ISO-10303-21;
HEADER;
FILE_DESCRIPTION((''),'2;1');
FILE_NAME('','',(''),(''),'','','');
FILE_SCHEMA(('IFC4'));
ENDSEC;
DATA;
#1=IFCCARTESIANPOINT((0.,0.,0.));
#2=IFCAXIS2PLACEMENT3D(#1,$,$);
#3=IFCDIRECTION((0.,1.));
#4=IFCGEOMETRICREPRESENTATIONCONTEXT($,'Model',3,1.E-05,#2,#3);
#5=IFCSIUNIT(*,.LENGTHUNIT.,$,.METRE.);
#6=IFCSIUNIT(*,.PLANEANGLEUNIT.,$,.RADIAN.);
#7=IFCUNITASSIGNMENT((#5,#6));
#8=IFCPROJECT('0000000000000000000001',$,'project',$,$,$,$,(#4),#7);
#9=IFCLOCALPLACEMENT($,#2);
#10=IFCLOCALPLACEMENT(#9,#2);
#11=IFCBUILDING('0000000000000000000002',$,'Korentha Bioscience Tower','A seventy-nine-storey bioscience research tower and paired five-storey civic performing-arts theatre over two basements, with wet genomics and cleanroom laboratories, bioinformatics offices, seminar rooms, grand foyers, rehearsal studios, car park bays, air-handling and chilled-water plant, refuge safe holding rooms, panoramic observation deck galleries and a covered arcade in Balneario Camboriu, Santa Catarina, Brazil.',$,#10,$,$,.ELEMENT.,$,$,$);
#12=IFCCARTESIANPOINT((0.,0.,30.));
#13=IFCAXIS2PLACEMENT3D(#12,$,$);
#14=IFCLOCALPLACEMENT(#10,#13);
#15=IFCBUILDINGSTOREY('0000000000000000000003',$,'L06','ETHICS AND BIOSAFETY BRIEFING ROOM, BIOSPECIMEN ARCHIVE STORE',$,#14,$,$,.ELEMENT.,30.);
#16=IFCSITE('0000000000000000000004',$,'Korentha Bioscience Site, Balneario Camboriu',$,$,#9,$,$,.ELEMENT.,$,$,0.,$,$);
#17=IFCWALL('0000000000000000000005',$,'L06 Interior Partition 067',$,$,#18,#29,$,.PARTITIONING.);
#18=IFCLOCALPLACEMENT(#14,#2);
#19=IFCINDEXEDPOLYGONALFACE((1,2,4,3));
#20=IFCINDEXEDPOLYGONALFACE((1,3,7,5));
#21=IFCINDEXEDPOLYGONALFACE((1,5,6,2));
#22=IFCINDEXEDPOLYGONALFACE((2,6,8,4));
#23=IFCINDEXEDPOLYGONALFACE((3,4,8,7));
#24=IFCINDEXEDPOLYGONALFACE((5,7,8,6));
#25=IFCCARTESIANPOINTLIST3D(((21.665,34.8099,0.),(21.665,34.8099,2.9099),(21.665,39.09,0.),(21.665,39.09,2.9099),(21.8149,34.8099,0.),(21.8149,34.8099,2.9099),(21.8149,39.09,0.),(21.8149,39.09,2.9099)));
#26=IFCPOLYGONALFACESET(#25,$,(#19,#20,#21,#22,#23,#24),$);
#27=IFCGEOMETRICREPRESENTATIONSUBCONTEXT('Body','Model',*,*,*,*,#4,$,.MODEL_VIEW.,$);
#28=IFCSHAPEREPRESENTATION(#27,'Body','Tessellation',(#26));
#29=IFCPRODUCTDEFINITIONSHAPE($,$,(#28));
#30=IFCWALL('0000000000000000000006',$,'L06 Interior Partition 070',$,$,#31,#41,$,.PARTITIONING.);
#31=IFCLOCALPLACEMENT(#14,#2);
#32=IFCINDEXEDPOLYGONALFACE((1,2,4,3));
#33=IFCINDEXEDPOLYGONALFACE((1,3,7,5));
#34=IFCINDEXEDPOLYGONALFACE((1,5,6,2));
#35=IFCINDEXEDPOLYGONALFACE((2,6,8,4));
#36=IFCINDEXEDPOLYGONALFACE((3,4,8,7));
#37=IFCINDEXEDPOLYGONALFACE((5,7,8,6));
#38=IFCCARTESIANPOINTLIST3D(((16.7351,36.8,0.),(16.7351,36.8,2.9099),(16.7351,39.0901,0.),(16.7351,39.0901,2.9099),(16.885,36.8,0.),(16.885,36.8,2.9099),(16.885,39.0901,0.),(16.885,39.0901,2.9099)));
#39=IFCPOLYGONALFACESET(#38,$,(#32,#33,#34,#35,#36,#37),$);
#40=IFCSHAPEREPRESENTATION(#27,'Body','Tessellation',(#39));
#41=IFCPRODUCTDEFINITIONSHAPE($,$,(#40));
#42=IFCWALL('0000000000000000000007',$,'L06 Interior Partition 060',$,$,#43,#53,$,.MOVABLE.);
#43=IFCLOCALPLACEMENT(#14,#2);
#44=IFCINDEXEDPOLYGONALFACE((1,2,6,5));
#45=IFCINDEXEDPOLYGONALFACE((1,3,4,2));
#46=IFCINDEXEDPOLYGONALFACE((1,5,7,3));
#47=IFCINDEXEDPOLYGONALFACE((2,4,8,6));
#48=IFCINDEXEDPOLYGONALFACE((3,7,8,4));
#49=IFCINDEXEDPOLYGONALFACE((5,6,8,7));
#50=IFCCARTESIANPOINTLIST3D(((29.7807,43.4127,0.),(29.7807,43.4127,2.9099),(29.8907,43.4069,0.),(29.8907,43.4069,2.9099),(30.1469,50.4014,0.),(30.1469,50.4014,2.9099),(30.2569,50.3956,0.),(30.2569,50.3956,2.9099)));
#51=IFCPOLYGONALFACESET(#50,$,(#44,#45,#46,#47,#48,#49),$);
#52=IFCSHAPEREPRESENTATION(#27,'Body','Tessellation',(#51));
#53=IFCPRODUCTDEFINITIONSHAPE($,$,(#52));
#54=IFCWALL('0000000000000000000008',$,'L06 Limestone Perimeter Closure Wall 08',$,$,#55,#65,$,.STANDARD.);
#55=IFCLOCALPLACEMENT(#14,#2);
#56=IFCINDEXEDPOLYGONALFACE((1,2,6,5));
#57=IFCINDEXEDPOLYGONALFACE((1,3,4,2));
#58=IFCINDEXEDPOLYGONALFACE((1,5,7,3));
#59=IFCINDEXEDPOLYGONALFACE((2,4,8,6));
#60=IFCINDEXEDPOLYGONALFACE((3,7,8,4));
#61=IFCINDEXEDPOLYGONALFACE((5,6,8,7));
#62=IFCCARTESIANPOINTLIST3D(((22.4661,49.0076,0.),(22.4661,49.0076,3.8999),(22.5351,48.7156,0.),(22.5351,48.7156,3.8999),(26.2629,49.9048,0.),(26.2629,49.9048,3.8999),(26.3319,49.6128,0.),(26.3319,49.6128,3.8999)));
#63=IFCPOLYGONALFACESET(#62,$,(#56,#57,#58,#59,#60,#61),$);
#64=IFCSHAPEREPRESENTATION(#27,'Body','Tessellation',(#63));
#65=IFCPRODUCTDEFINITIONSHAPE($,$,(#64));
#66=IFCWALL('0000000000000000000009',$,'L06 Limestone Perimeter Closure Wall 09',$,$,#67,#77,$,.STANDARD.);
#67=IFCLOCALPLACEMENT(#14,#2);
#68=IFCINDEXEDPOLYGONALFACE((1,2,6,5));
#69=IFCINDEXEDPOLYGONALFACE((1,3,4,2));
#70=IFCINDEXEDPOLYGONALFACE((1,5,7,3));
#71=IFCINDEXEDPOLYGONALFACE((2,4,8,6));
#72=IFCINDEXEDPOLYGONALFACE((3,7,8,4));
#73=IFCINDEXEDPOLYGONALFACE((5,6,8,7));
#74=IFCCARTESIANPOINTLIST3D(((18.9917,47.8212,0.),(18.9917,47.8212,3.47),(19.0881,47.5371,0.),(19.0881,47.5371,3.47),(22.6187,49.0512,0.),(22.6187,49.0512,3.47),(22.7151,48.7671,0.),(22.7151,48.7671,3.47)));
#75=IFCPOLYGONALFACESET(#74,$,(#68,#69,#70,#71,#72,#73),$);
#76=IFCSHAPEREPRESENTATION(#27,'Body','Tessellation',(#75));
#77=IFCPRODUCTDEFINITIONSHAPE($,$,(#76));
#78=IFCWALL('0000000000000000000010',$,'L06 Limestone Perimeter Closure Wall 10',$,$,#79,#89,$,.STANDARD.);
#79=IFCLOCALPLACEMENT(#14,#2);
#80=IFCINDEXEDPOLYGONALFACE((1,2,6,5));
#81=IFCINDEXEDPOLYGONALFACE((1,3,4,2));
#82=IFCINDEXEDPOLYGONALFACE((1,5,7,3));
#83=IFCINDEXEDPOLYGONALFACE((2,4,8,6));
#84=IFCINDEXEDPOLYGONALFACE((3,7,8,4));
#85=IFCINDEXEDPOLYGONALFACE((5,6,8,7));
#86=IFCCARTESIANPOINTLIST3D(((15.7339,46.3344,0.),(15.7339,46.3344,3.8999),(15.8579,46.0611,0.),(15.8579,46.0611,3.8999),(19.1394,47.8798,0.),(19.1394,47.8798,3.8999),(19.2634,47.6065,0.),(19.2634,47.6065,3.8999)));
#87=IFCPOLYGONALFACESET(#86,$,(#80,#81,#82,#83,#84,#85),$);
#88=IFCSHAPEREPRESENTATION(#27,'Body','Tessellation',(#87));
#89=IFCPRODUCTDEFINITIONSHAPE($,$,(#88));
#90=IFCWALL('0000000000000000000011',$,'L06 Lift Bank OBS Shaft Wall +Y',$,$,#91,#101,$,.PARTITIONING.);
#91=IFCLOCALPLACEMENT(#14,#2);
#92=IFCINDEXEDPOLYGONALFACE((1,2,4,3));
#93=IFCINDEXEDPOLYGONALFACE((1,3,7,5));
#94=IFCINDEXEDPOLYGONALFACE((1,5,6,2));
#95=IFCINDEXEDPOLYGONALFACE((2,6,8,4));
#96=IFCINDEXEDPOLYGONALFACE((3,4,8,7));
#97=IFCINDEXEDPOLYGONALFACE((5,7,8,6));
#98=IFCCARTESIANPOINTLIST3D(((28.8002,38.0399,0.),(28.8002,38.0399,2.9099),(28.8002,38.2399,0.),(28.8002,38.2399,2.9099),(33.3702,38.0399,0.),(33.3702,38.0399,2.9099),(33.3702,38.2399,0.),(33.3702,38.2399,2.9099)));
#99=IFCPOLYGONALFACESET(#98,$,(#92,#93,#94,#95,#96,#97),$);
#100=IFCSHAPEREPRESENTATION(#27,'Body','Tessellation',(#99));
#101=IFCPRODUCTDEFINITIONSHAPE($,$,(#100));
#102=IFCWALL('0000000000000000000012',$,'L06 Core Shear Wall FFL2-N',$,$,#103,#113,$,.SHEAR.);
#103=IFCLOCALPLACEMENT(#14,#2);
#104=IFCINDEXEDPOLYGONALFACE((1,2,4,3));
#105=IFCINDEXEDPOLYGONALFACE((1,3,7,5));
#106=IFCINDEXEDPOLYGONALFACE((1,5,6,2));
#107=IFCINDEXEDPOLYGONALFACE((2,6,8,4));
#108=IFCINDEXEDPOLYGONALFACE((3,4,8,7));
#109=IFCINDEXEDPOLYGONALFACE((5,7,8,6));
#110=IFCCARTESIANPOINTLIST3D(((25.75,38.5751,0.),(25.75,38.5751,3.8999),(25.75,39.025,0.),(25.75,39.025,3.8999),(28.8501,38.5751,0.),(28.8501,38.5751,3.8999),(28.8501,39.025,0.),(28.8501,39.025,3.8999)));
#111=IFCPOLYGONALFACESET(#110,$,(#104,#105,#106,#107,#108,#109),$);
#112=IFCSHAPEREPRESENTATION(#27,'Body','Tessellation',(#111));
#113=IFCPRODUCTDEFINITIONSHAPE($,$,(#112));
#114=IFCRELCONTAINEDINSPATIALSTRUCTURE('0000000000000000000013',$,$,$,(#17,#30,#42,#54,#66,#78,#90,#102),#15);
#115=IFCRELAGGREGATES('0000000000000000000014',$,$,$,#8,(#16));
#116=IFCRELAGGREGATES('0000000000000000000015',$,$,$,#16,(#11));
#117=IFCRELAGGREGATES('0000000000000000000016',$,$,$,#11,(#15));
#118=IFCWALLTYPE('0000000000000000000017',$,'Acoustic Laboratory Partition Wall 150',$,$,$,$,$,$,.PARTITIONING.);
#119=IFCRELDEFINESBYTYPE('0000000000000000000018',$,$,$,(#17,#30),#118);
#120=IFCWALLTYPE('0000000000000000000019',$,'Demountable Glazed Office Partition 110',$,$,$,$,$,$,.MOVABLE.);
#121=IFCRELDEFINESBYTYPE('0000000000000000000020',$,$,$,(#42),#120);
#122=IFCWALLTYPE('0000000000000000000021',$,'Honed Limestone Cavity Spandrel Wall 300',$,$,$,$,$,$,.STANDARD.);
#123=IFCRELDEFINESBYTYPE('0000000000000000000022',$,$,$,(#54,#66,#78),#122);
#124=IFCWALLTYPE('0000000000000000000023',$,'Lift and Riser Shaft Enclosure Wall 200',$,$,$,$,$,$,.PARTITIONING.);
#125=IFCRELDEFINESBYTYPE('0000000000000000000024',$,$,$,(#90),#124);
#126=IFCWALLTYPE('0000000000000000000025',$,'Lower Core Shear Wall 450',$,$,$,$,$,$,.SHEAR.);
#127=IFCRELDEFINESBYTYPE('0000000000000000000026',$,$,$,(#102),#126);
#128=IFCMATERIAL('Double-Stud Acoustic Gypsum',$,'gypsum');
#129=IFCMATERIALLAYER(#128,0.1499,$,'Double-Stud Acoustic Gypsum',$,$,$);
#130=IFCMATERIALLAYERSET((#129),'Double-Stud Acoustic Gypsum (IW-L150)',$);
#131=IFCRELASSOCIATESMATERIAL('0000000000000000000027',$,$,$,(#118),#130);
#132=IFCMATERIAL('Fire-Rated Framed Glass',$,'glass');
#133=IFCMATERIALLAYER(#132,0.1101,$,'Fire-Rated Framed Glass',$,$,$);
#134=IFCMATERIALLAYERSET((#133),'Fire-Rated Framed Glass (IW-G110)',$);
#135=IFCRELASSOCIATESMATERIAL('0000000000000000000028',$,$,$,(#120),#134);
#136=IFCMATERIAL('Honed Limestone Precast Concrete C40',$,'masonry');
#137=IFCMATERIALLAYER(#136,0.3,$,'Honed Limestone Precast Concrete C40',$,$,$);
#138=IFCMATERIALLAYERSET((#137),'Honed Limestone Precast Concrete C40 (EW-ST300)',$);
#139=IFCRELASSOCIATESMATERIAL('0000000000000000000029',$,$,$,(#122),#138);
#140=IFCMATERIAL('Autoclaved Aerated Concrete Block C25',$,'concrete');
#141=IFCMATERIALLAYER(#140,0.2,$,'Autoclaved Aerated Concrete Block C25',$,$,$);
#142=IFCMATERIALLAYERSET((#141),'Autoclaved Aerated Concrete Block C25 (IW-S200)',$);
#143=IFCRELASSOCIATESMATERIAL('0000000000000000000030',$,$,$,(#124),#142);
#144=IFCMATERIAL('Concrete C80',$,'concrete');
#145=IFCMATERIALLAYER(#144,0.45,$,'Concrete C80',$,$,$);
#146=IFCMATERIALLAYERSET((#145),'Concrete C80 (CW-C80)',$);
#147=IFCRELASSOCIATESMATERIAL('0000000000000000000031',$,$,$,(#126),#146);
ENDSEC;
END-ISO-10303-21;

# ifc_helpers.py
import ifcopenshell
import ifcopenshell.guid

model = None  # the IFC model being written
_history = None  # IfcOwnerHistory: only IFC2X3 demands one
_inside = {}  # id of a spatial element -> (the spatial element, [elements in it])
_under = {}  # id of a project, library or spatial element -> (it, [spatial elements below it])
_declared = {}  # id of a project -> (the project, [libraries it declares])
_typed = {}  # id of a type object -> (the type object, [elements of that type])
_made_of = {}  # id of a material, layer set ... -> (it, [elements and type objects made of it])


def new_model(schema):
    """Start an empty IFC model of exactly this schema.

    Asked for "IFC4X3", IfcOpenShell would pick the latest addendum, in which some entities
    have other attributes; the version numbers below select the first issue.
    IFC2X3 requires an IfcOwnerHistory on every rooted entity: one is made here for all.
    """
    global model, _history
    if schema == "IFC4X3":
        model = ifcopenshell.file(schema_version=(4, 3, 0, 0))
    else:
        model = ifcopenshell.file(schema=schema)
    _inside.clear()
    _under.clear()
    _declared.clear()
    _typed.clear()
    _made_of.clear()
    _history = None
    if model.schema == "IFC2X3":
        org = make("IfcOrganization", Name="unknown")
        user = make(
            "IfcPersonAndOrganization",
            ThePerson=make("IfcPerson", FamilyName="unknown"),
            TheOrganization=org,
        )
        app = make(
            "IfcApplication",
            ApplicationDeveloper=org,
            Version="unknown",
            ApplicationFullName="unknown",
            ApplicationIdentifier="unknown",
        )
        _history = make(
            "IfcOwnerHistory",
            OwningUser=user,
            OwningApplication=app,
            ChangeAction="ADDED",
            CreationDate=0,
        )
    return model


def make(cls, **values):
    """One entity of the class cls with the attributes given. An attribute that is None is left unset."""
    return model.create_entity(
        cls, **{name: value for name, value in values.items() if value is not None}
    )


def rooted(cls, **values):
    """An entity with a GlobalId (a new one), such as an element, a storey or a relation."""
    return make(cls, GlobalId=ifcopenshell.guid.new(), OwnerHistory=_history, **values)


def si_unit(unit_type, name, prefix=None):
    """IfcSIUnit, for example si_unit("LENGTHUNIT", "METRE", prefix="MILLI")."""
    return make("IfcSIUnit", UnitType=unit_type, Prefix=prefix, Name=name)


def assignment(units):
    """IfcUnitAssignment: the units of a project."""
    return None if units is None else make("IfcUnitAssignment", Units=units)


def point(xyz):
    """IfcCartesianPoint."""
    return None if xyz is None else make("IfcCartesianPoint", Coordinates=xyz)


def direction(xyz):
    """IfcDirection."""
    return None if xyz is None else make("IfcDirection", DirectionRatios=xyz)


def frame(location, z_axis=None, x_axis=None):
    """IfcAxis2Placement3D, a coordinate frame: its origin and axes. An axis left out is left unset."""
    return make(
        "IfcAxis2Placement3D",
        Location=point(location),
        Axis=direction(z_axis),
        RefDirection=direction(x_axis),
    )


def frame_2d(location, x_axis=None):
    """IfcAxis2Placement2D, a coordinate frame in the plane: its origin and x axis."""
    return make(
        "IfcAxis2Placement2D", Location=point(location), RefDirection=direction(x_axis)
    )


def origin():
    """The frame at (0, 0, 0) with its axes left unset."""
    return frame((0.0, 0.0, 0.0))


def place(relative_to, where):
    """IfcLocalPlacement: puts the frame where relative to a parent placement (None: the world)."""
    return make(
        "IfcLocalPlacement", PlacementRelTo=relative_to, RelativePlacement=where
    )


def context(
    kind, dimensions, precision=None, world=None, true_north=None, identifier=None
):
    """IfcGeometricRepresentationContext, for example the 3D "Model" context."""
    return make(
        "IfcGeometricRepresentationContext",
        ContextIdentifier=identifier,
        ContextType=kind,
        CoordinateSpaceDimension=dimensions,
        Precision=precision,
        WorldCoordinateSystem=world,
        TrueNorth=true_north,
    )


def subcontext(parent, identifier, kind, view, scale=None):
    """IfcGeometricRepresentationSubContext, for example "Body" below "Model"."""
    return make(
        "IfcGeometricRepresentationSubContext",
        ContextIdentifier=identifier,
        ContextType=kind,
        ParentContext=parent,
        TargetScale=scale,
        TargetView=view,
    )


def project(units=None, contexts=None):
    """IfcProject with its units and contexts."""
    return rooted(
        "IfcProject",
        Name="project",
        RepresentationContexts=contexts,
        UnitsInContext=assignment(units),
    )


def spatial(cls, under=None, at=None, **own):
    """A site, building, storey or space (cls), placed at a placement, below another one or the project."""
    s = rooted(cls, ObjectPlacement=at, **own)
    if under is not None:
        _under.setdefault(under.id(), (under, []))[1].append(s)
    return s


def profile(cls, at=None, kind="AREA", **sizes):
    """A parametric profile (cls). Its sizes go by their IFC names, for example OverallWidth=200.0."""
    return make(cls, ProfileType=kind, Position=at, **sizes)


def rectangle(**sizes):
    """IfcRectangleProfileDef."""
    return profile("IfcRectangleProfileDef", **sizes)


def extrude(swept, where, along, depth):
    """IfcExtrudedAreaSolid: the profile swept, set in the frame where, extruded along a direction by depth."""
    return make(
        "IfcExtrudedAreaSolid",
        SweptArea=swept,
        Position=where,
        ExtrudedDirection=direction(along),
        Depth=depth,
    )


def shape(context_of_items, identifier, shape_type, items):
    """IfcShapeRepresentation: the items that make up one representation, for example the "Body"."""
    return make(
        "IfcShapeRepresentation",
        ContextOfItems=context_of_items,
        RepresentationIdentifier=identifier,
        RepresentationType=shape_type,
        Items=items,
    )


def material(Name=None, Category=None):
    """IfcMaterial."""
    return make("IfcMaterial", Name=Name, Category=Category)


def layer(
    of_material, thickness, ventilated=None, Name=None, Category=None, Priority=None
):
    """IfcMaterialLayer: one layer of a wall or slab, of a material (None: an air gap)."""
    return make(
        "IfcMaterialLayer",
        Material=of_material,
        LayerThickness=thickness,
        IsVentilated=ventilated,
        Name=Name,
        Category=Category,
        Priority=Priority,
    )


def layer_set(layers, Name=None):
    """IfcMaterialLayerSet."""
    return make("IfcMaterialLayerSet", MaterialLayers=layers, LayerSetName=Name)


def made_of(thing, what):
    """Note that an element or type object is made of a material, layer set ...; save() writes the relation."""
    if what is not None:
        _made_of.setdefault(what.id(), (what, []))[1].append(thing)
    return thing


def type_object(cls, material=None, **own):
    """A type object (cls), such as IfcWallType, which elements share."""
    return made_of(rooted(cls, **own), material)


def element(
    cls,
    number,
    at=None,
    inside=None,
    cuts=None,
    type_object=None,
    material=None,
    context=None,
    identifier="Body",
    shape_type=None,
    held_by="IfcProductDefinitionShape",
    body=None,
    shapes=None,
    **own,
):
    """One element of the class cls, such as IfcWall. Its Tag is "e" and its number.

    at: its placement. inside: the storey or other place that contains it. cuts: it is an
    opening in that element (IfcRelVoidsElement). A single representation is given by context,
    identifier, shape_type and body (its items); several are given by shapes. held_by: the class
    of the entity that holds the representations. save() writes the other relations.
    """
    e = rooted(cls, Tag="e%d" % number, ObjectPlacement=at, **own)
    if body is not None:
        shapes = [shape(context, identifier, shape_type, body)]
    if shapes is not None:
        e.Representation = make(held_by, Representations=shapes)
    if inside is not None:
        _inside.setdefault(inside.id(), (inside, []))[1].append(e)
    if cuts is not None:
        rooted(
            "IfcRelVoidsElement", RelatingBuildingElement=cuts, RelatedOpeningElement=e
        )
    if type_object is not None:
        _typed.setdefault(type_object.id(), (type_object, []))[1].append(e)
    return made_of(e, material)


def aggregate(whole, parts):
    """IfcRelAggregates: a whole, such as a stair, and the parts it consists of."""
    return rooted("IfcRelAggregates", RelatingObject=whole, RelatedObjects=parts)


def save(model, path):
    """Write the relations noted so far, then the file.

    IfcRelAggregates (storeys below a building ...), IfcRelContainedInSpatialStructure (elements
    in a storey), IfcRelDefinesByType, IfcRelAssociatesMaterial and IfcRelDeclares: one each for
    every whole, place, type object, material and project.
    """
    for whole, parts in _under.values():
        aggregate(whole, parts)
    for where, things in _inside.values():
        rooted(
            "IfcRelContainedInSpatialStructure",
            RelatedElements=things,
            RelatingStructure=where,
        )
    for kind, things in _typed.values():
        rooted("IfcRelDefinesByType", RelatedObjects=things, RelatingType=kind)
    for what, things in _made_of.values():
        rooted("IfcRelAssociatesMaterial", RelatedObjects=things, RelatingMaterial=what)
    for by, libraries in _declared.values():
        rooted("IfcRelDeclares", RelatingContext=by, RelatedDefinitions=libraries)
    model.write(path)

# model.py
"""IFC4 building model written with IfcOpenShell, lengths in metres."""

from ifc_helpers import new_model, si_unit, direction, frame, frame_2d, origin, place, context, subcontext, project, spatial, rectangle, extrude, material, layer, layer_set, type_object, element, save


model = new_model("IFC4")

# Units and contexts
model_context = context("Model", 3, precision=1e-05, world=origin(), true_north=direction((0.0, 1.0)))
body_context = subcontext(model_context, "Body", "Model", "MODEL_VIEW")
ifc_project = project(units=[si_unit("LENGTHUNIT", "METRE"), si_unit("PLANEANGLEUNIT", "RADIAN")], contexts=[model_context])

# Site, building, storey
site_placement = place(None, origin())
site = spatial("IfcSite", under=ifc_project, at=site_placement, Name="Korentha Bioscience Site, Balneario Camboriu", CompositionType="ELEMENT", RefElevation=0.0)
building_placement = place(site_placement, origin())
building = spatial("IfcBuilding", under=site, at=building_placement, Name="Korentha Bioscience Tower", Description="A seventy-nine-storey bioscience research tower and paired five-storey civic performing-arts theatre over two basements, with wet genomics and cleanroom laboratories, bioinformatics offices, seminar rooms, grand foyers, rehearsal studios, car park bays, air-handling and chilled-water plant, refuge safe holding rooms, panoramic observation deck galleries and a covered arcade in Balneario Camboriu, Santa Catarina, Brazil.", CompositionType="ELEMENT")
storey_placement = place(building_placement, frame((0.0, 0.0, 30.0)))
storey = spatial("IfcBuildingStorey", under=building, at=storey_placement, Name="L06", Description="ETHICS AND BIOSAFETY BRIEFING ROOM, BIOSPECIMEN ARCHIVE STORE", CompositionType="ELEMENT", Elevation=30.0)

# Shared definitions
ifc_material_1 = material(Name="Concrete C80", Category="concrete")

# Shared definitions
ifc_material_2 = material(Name="Double-Stud Acoustic Gypsum", Category="gypsum")
ifc_layer_1 = layer(ifc_material_2, 0.1499, Name="Double-Stud Acoustic Gypsum")
ifc_layer_set_1 = layer_set([ifc_layer_1], Name="Double-Stud Acoustic Gypsum (IW-L150)")
wall_type_1 = type_object("IfcWallType", Name="Acoustic Laboratory Partition Wall 150", PredefinedType="PARTITIONING", material=ifc_layer_set_1)

# Walls
wall_1_placement = place(storey_placement, frame((21.74, 39.0901, 0.0), z_axis=(0.0, 0.0, 1.0), x_axis=(0.0, -1.0, 0.0)))
element("IfcWall", 1, at=wall_1_placement, inside=storey, type_object=wall_type_1, Name="L06 Interior Partition 067", PredefinedType="PARTITIONING", context=body_context, shape_type="SweptSolid", body=[
    extrude(rectangle(XDim=4.28, YDim=0.1499, at=frame_2d((2.1401, 0.0))), origin(), (0.0, 0.0, 1.0), 2.9099),
])
wall_2_placement = place(storey_placement, frame((16.8101, 36.8, 0.0), z_axis=(0.0, 0.0, 1.0), x_axis=(0.0, 1.0, 0.0)))
element("IfcWall", 2, at=wall_2_placement, inside=storey, type_object=wall_type_1, Name="L06 Interior Partition 070", PredefinedType="PARTITIONING", context=body_context, shape_type="SweptSolid", body=[
    extrude(rectangle(XDim=2.29, YDim=0.1499, at=frame_2d((1.145, 0.0))), origin(), (0.0, 0.0, 1.0), 2.9099),
])
ifc_material_3 = material(Name="Fire-Rated Framed Glass", Category="glass")
ifc_layer_2 = layer(ifc_material_3, 0.1101, Name="Fire-Rated Framed Glass")
ifc_layer_set_2 = layer_set([ifc_layer_2], Name="Fire-Rated Framed Glass (IW-G110)")
wall_type_2 = type_object("IfcWallType", Name="Demountable Glazed Office Partition 110", PredefinedType="MOVABLE", material=ifc_layer_set_2)
wall_3_placement = place(storey_placement, frame((29.8357, 43.4099, 0.0), z_axis=(0.0, 0.0, 1.0), x_axis=(0.052328, 0.99863, 0.0)))
element("IfcWall", 3, at=wall_3_placement, inside=storey, type_object=wall_type_2, Name="L06 Interior Partition 060", PredefinedType="MOVABLE", context=body_context, shape_type="SweptSolid", body=[
    extrude(rectangle(XDim=6.9983, YDim=0.1101, at=frame_2d((3.499, 0.0))), origin(), (0.0, 0.0, 1.0), 2.9099),
])
ifc_material_4 = material(Name="Honed Limestone Precast Concrete C40", Category="masonry")
ifc_layer_3 = layer(ifc_material_4, 0.3, Name="Honed Limestone Precast Concrete C40")
ifc_layer_set_3 = layer_set([ifc_layer_3], Name="Honed Limestone Precast Concrete C40 (EW-ST300)")
wall_type_3 = type_object("IfcWallType", Name="Honed Limestone Cavity Spandrel Wall 300", PredefinedType="STANDARD", material=ifc_layer_set_3)
wall_4_placement = place(storey_placement, frame((26.2974, 49.7588, 0.0), z_axis=(0.0, 0.0, 1.0), x_axis=(-0.973198, -0.22997, 0.0)))
element("IfcWall", 4, at=wall_4_placement, inside=storey, type_object=wall_type_3, Name="L06 Limestone Perimeter Closure Wall 08", PredefinedType="STANDARD", context=body_context, shape_type="SweptSolid", body=[
    extrude(rectangle(XDim=3.9014, YDim=0.3, at=frame_2d((1.9507, 0.0))), origin(), (0.0, 0.0, 1.0), 3.8999),
])
wall_5_placement = place(storey_placement, frame((22.667, 48.9092, 0.0), z_axis=(0.0, 0.0, 1.0), x_axis=(-0.947026, -0.321158, 0.0)))
element("IfcWall", 5, at=wall_5_placement, inside=storey, type_object=wall_type_3, Name="L06 Limestone Perimeter Closure Wall 09", PredefinedType="STANDARD", context=body_context, shape_type="SweptSolid", body=[
    extrude(rectangle(XDim=3.8298, YDim=0.3, at=frame_2d((1.915, 0.0))), origin(), (0.0, 0.0, 1.0), 3.47),
])
wall_6_placement = place(storey_placement, frame((19.2014, 47.7432, 0.0), z_axis=(0.0, 0.0, 1.0), x_axis=(-0.910623, -0.413237, 0.0)))
element("IfcWall", 6, at=wall_6_placement, inside=storey, type_object=wall_type_3, Name="L06 Limestone Perimeter Closure Wall 10", PredefinedType="STANDARD", context=body_context, shape_type="SweptSolid", body=[
    extrude(rectangle(XDim=3.7397, YDim=0.3, at=frame_2d((1.8699, 0.0))), origin(), (0.0, 0.0, 1.0), 3.8999),
])
ifc_material_5 = material(Name="Autoclaved Aerated Concrete Block C25", Category="concrete")
ifc_layer_4 = layer(ifc_material_5, 0.2, Name="Autoclaved Aerated Concrete Block C25")
ifc_layer_set_4 = layer_set([ifc_layer_4], Name="Autoclaved Aerated Concrete Block C25 (IW-S200)")
wall_type_4 = type_object("IfcWallType", Name="Lift and Riser Shaft Enclosure Wall 200", PredefinedType="PARTITIONING", material=ifc_layer_set_4)
wall_7_placement = place(storey_placement, frame((28.8, 38.1399, 0.0), z_axis=(0.0, 0.0, 1.0), x_axis=(1.0, 0.0, 0.0)))
element("IfcWall", 7, at=wall_7_placement, inside=storey, type_object=wall_type_4, Name="L06 Lift Bank OBS Shaft Wall +Y", PredefinedType="PARTITIONING", context=body_context, shape_type="SweptSolid", body=[
    extrude(rectangle(XDim=4.5701, YDim=0.2, at=frame_2d((2.2852, 0.0))), origin(), (0.0, 0.0, 1.0), 2.9099),
])
ifc_layer_5 = layer(ifc_material_1, 0.45, Name="Concrete C80")
ifc_layer_set_5 = layer_set([ifc_layer_5], Name="Concrete C80 (CW-C80)")
wall_type_5 = type_object("IfcWallType", Name="Lower Core Shear Wall 450", PredefinedType="SHEAR", material=ifc_layer_set_5)
wall_8_placement = place(storey_placement, frame((25.75, 38.8, 0.0), z_axis=(0.0, 0.0, 1.0), x_axis=(1.0, 0.0, 0.0)))
element("IfcWall", 8, at=wall_8_placement, inside=storey, type_object=wall_type_5, Name="L06 Core Shear Wall FFL2-N", PredefinedType="SHEAR", context=body_context, shape_type="SweptSolid", body=[
    extrude(rectangle(XDim=3.1001, YDim=0.45, at=frame_2d((1.55, 0.0))), origin(), (0.0, 0.0, 1.0), 3.8999),
])

save(model, "model.ifc")
